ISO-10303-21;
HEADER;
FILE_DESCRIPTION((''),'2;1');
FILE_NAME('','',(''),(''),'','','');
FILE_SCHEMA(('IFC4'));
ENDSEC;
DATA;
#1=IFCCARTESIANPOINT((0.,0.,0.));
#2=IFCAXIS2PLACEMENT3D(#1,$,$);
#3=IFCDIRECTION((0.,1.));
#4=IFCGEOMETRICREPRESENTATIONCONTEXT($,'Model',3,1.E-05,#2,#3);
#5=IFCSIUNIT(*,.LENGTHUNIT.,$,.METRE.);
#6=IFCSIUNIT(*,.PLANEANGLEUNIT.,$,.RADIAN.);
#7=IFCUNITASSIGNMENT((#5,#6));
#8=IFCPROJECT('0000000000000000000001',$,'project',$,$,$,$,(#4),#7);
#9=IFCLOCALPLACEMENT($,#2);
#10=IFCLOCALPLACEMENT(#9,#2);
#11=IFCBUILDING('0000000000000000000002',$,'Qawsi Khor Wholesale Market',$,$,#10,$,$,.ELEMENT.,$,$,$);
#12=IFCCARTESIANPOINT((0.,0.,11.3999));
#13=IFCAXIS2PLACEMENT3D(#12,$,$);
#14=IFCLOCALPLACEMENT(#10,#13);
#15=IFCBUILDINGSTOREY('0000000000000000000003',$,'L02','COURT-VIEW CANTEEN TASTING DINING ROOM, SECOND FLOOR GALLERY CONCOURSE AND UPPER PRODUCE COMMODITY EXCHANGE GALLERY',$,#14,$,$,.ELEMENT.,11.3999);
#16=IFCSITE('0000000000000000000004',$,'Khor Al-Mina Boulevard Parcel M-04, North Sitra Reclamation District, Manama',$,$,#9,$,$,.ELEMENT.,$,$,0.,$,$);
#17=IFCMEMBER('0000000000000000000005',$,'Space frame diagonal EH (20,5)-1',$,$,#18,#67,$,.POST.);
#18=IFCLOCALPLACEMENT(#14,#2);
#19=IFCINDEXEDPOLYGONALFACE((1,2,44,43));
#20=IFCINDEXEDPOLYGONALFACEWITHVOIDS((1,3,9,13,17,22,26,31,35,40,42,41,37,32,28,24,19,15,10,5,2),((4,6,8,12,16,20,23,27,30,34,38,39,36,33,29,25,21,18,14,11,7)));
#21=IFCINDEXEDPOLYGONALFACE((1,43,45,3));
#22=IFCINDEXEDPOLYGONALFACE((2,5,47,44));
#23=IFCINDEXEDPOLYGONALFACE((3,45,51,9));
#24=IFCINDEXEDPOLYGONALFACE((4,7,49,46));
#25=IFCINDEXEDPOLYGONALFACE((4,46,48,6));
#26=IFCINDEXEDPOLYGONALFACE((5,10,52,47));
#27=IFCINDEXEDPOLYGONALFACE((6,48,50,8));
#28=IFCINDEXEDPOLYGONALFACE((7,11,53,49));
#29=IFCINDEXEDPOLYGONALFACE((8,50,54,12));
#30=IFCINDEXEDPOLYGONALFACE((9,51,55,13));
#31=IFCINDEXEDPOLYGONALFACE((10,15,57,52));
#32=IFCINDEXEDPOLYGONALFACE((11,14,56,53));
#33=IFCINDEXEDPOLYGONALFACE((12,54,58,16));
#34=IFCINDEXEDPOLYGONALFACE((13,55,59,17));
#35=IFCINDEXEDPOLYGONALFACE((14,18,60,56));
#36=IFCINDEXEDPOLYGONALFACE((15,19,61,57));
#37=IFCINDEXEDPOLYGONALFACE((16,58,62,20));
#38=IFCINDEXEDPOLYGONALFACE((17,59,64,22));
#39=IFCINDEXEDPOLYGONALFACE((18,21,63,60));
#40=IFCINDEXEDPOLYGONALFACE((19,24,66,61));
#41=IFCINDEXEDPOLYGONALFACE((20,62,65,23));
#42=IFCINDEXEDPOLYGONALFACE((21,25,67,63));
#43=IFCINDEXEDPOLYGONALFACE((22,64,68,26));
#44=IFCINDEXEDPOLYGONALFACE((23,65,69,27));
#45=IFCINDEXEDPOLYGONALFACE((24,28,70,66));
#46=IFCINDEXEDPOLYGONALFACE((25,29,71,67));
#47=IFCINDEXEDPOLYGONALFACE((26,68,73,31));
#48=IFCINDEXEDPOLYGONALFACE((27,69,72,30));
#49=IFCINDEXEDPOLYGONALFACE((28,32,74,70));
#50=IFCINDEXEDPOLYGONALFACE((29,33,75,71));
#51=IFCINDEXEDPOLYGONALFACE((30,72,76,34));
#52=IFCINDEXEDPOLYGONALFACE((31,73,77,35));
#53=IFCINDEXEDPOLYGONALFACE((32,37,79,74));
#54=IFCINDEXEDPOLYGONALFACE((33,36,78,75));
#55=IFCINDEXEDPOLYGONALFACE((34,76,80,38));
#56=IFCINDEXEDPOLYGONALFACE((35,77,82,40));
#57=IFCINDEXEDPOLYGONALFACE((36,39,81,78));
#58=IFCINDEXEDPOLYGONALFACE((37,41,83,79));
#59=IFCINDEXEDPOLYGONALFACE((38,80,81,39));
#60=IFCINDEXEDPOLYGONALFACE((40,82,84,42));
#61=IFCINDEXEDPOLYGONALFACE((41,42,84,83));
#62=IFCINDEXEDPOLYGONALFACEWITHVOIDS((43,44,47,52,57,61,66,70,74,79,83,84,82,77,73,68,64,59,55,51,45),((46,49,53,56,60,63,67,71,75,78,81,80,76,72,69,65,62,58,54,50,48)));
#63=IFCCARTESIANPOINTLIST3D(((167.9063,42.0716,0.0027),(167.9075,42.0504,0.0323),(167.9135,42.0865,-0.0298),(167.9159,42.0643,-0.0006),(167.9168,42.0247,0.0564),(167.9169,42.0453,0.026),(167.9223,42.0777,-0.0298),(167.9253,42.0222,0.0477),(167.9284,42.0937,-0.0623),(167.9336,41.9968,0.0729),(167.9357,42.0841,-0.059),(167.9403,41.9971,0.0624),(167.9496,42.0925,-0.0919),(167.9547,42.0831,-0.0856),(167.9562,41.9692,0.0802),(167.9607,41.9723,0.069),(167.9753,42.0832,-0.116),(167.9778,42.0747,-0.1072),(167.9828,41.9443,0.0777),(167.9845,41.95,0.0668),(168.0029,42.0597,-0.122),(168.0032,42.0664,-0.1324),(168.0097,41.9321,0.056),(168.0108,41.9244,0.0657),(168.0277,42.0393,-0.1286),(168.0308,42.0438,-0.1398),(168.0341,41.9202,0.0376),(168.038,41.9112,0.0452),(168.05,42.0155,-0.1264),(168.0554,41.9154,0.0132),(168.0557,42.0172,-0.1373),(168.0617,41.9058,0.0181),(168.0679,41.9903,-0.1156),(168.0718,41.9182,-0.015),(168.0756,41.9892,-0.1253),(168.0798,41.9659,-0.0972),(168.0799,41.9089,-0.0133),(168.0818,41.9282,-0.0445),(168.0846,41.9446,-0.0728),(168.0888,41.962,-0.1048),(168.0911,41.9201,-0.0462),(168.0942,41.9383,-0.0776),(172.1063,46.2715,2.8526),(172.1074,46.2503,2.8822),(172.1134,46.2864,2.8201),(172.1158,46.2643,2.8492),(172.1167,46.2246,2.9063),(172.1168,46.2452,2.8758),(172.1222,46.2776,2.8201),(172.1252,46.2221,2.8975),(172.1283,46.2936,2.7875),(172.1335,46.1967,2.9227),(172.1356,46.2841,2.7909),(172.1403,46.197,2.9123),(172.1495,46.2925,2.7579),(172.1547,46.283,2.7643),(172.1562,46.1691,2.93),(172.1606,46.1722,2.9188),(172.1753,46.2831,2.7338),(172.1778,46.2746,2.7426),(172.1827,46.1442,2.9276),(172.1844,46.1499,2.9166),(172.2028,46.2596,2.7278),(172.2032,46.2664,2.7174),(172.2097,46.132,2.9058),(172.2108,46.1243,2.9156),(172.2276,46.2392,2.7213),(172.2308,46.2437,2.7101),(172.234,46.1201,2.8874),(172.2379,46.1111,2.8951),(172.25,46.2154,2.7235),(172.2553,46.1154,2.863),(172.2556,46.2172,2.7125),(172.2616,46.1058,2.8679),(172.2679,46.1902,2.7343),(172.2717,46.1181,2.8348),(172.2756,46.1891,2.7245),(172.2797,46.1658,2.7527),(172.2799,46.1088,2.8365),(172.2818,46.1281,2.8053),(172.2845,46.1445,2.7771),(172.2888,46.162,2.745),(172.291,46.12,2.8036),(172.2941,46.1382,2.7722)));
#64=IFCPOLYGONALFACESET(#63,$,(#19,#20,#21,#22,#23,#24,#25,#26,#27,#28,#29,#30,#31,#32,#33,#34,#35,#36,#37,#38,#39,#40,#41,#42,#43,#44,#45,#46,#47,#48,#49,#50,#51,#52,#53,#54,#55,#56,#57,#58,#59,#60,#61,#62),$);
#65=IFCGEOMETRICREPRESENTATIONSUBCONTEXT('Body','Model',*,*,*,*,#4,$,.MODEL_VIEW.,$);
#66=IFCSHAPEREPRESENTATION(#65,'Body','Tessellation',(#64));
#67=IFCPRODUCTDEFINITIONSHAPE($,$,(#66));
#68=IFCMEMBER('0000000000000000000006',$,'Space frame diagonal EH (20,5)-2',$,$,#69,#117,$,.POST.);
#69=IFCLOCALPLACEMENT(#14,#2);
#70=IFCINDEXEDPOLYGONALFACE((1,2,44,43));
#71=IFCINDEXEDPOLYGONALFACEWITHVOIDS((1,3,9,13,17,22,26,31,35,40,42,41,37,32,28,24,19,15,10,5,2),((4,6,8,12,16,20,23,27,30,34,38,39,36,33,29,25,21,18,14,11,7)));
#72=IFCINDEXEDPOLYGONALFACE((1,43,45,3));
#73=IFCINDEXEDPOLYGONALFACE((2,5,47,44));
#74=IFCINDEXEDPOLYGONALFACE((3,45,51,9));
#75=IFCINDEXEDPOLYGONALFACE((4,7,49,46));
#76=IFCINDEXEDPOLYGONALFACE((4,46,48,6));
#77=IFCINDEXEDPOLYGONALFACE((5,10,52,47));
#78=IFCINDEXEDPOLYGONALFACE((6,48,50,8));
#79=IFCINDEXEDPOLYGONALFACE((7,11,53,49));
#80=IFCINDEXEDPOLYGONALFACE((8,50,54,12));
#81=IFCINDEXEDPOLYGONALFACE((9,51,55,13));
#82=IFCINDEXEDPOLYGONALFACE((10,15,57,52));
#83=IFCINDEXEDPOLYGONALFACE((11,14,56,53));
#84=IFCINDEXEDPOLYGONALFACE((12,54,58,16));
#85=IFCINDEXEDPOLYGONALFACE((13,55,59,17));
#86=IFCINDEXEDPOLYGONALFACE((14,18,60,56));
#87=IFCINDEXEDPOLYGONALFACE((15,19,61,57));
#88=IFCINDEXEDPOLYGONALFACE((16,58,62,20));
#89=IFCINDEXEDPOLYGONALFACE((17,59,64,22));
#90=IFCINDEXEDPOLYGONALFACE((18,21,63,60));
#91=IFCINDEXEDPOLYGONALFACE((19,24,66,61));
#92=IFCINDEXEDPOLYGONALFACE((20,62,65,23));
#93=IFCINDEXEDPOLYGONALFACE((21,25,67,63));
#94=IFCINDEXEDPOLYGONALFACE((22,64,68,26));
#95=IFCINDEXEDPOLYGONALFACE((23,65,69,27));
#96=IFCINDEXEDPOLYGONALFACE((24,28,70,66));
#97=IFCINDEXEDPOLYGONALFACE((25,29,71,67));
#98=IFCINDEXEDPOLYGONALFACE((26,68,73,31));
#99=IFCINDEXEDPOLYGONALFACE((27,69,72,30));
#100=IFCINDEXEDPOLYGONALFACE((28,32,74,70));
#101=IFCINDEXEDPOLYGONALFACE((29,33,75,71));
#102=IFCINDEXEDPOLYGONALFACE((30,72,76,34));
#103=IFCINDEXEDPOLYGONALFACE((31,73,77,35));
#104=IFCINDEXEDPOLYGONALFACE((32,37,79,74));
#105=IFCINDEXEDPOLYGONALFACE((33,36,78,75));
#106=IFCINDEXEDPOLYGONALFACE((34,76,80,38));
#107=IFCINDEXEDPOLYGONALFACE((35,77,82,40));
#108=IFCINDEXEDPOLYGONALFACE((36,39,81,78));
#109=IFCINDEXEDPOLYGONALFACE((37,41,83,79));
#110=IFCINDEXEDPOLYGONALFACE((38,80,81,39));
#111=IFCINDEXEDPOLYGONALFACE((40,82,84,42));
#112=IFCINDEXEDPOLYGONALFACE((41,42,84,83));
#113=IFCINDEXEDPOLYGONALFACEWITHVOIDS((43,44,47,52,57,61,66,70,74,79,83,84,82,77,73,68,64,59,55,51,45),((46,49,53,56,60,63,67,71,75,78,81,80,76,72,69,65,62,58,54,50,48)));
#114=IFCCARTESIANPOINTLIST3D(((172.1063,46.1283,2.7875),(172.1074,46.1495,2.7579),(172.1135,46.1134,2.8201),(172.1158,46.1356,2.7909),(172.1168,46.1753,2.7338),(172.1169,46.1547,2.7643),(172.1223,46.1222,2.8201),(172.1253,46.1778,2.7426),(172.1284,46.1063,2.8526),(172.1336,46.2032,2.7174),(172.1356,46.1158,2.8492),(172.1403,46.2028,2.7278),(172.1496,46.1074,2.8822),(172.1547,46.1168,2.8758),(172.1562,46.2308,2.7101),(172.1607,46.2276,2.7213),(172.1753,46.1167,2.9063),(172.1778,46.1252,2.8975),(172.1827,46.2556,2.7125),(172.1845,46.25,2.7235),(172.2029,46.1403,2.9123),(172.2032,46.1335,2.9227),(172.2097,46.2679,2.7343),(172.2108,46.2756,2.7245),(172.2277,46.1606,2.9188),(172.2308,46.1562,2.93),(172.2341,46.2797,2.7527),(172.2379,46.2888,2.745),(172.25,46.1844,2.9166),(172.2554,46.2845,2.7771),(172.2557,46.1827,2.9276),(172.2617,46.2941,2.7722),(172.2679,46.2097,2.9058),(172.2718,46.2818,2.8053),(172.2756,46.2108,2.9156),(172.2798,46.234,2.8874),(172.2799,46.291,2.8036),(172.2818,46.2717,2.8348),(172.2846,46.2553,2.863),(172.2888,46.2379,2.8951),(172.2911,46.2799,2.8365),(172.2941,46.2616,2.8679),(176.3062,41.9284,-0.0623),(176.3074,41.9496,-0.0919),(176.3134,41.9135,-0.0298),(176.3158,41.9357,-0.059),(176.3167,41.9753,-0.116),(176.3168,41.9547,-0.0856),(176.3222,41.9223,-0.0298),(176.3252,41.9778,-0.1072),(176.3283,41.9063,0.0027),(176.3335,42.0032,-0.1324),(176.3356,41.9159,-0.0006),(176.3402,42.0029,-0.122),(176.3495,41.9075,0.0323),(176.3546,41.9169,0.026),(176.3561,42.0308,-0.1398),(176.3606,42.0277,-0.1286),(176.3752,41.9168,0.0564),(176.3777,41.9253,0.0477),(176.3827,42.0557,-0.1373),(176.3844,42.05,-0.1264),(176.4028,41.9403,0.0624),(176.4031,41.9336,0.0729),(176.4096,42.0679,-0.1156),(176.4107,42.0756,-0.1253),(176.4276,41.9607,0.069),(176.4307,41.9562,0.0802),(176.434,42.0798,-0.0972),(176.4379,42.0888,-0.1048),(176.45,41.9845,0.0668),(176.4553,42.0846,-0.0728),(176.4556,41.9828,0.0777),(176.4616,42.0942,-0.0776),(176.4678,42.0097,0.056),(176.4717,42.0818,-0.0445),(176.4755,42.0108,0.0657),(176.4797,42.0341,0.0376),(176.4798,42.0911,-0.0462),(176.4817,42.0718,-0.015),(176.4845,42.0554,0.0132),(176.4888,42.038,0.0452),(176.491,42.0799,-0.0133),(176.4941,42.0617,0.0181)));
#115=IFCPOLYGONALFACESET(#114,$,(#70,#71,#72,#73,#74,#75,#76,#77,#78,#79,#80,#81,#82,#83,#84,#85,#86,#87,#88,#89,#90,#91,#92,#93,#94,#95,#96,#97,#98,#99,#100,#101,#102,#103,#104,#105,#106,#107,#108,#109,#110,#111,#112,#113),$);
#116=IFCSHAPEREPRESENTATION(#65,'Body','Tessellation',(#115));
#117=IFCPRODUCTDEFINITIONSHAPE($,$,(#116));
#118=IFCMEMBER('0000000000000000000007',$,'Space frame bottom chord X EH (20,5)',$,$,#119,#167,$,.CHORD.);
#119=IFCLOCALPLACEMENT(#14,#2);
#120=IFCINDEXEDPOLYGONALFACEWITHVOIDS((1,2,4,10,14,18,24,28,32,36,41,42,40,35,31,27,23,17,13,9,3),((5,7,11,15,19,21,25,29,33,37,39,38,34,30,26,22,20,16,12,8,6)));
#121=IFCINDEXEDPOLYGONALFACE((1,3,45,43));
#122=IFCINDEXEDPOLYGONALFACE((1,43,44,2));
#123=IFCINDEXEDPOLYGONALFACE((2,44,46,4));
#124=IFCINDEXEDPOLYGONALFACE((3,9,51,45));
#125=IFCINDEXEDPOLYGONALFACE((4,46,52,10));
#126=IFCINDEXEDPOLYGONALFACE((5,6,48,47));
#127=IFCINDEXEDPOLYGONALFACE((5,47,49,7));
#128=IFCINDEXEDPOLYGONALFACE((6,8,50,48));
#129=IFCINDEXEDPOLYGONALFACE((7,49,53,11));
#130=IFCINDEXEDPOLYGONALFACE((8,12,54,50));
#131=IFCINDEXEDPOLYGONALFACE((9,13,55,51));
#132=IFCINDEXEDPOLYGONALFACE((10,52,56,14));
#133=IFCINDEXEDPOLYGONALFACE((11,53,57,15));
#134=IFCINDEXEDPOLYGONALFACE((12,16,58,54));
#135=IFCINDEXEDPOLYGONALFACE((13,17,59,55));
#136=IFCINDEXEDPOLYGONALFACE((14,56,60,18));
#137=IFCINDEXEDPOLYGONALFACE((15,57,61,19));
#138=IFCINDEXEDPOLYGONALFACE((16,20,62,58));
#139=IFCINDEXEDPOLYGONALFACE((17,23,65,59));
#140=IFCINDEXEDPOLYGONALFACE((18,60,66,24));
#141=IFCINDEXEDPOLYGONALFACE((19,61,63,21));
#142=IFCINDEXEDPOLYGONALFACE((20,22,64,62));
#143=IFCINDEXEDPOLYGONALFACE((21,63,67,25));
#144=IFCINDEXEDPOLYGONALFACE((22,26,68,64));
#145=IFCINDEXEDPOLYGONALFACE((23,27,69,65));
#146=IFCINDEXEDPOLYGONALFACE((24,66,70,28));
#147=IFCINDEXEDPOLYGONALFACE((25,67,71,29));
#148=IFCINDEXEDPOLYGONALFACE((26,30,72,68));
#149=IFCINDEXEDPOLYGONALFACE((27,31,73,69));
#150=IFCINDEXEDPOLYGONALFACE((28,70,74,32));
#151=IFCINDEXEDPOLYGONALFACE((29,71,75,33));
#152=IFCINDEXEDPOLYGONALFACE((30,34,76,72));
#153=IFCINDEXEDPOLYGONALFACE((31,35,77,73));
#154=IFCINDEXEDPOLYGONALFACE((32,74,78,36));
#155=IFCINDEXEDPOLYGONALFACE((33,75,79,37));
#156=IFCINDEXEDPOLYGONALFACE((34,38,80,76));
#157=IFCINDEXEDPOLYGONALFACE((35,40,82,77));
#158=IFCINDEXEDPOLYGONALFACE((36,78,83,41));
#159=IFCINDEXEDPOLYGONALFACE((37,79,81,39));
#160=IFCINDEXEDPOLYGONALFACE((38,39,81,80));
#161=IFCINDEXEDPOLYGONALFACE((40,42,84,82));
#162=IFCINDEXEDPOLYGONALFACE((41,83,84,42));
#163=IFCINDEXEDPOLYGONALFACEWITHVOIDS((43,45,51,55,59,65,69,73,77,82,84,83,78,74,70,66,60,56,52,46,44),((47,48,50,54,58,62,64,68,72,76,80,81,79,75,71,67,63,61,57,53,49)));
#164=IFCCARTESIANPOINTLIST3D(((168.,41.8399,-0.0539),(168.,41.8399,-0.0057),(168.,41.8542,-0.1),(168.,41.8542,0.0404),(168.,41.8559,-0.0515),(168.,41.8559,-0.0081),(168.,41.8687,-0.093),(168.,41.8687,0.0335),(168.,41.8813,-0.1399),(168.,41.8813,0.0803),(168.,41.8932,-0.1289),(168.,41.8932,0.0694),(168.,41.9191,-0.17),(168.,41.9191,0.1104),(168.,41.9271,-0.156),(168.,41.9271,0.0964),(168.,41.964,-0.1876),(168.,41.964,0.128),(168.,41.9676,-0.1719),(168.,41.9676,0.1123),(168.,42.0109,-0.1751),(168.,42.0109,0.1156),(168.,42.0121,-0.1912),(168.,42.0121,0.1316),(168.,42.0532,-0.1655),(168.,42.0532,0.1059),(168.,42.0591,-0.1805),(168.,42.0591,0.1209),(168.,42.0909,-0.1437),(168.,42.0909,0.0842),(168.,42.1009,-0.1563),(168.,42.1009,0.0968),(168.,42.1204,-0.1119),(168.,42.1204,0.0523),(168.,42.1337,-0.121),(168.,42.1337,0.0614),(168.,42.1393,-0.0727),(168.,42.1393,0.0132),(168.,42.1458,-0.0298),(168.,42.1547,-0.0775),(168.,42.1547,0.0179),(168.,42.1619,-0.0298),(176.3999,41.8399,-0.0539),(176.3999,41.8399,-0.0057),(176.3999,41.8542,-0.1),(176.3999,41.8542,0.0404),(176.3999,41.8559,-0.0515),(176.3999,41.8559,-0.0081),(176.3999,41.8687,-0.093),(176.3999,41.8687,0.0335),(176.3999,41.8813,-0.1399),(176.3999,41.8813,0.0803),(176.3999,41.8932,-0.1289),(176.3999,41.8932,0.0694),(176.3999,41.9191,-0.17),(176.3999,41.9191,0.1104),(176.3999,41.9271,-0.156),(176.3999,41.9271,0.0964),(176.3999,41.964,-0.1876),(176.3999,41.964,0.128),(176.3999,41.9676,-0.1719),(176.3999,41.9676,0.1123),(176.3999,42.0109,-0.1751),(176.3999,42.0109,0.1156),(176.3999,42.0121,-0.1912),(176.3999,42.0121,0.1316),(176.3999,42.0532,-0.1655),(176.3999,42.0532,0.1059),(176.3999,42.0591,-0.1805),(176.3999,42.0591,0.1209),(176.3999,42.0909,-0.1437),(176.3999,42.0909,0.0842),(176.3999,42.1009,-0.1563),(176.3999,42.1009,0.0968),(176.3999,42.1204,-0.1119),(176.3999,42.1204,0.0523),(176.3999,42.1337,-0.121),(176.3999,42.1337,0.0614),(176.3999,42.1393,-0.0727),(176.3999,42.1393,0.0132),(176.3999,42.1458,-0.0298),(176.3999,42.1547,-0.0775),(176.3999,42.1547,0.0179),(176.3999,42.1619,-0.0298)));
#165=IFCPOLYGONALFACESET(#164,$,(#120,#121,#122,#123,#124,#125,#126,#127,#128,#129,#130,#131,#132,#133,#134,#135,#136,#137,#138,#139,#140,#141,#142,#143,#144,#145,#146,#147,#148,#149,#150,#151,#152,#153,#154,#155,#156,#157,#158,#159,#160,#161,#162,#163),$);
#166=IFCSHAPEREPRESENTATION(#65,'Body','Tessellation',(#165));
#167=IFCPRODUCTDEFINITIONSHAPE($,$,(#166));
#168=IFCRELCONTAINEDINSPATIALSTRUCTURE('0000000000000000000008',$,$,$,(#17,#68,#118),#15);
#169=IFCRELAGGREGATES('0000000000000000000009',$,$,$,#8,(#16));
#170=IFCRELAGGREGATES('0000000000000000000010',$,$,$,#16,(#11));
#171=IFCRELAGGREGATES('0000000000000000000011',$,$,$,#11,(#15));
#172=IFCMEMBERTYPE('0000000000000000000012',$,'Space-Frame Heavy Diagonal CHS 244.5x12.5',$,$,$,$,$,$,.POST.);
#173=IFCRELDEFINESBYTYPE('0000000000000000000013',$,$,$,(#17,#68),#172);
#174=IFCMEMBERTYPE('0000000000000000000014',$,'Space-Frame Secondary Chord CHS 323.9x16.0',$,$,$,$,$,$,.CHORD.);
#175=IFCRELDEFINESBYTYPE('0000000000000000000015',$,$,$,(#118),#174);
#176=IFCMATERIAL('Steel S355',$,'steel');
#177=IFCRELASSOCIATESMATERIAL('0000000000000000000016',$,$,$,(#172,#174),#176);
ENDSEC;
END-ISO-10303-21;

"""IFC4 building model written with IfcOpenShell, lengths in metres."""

from ifc_helpers import new_model, si_unit, direction, frame, origin, origin_2d, place, context, subcontext, project, spatial, hollow_circle, extrude, material, material_profile, profile_set, type_object, element, save


model = new_model("IFC4")

# Units and contexts
model_context = context("Model", 3, precision=1e-05, world=origin(), true_north=direction((0.0, 1.0)))
body_context = subcontext(model_context, "Body", "Model", "MODEL_VIEW")
ifc_project = project(units=[si_unit("LENGTHUNIT", "METRE"), si_unit("PLANEANGLEUNIT", "RADIAN")], contexts=[model_context])

# Site, building, storey
site_placement = place(None, origin())
site = spatial("IfcSite", under=ifc_project, at=site_placement, Name="Khor Al-Mina Boulevard Parcel M-04, North Sitra Reclamation District, Manama", CompositionType="ELEMENT", RefElevation=0.0)
building_placement = place(site_placement, origin())
building = spatial("IfcBuilding", under=site, at=building_placement, Name="Qawsi Khor Wholesale Market", CompositionType="ELEMENT")
storey_placement = place(building_placement, frame((0.0, 0.0, 11.3999)))
storey = spatial("IfcBuildingStorey", under=building, at=storey_placement, Name="L02", Description="COURT-VIEW CANTEEN TASTING DINING ROOM, SECOND FLOOR GALLERY CONCOURSE AND UPPER PRODUCE COMMODITY EXCHANGE GALLERY", CompositionType="ELEMENT", Elevation=11.3999)

# Members
ifc_material_1 = material(Name="Steel S355", Category="steel")
ifc_material_profile_1 = material_profile(ifc_material_1, hollow_circle(Radius=0.1223, WallThickness=0.0125, at=origin_2d()), Name="CHS 244.5x12.5")
ifc_profile_set_1 = profile_set([ifc_material_profile_1], Name="Steel S355")
member_type_1 = type_object("IfcMemberType", Name="Space-Frame Heavy Diagonal CHS 244.5x12.5", PredefinedType="POST", material=ifc_profile_set_1)
for number, where, z_axis, x_axis, name in (
    (1, (168.0, 42.0, -0.0298), (0.637522, 0.637522, 0.432587), (-0.707107, 0.707107, 0.0), "Space frame diagonal EH (20,5)-1"),
    (2, (176.3999, 42.0, -0.0298), (-0.637522, 0.637522, 0.432587), (-0.707107, -0.707107, 0.0), "Space frame diagonal EH (20,5)-2"),
):
    element("IfcMember", number, at=place(storey_placement, frame(where, z_axis=z_axis, x_axis=x_axis)), inside=storey, type_object=member_type_1, Name=name, PredefinedType="POST", context=body_context, shape_type="SweptSolid", body=[
        extrude(hollow_circle(Radius=0.1223, WallThickness=0.0125, at=origin_2d()), origin(), (0.0, 0.0, 1.0), 6.5879),
    ])
ifc_material_profile_2 = material_profile(ifc_material_1, hollow_circle(Radius=0.1619, WallThickness=0.0161, at=origin_2d()), Name="CHS 323.9x16.0")
ifc_profile_set_2 = profile_set([ifc_material_profile_2], Name="Steel S355")
member_type_2 = type_object("IfcMemberType", Name="Space-Frame Secondary Chord CHS 323.9x16.0", PredefinedType="CHORD", material=ifc_profile_set_2)
member_1_placement = place(storey_placement, frame((168.0, 42.0, -0.0298), z_axis=(1.0, 0.0, 0.0), x_axis=(0.0, 1.0, 0.0)))
element("IfcMember", 3, at=member_1_placement, inside=storey, type_object=member_type_2, Name="Space frame bottom chord X EH (20,5)", PredefinedType="CHORD", context=body_context, shape_type="SweptSolid", body=[
    extrude(hollow_circle(Radius=0.1619, WallThickness=0.0161, at=origin_2d()), origin(), (0.0, 0.0, 1.0), 8.3999),
])

save(model, "model.ifc")
